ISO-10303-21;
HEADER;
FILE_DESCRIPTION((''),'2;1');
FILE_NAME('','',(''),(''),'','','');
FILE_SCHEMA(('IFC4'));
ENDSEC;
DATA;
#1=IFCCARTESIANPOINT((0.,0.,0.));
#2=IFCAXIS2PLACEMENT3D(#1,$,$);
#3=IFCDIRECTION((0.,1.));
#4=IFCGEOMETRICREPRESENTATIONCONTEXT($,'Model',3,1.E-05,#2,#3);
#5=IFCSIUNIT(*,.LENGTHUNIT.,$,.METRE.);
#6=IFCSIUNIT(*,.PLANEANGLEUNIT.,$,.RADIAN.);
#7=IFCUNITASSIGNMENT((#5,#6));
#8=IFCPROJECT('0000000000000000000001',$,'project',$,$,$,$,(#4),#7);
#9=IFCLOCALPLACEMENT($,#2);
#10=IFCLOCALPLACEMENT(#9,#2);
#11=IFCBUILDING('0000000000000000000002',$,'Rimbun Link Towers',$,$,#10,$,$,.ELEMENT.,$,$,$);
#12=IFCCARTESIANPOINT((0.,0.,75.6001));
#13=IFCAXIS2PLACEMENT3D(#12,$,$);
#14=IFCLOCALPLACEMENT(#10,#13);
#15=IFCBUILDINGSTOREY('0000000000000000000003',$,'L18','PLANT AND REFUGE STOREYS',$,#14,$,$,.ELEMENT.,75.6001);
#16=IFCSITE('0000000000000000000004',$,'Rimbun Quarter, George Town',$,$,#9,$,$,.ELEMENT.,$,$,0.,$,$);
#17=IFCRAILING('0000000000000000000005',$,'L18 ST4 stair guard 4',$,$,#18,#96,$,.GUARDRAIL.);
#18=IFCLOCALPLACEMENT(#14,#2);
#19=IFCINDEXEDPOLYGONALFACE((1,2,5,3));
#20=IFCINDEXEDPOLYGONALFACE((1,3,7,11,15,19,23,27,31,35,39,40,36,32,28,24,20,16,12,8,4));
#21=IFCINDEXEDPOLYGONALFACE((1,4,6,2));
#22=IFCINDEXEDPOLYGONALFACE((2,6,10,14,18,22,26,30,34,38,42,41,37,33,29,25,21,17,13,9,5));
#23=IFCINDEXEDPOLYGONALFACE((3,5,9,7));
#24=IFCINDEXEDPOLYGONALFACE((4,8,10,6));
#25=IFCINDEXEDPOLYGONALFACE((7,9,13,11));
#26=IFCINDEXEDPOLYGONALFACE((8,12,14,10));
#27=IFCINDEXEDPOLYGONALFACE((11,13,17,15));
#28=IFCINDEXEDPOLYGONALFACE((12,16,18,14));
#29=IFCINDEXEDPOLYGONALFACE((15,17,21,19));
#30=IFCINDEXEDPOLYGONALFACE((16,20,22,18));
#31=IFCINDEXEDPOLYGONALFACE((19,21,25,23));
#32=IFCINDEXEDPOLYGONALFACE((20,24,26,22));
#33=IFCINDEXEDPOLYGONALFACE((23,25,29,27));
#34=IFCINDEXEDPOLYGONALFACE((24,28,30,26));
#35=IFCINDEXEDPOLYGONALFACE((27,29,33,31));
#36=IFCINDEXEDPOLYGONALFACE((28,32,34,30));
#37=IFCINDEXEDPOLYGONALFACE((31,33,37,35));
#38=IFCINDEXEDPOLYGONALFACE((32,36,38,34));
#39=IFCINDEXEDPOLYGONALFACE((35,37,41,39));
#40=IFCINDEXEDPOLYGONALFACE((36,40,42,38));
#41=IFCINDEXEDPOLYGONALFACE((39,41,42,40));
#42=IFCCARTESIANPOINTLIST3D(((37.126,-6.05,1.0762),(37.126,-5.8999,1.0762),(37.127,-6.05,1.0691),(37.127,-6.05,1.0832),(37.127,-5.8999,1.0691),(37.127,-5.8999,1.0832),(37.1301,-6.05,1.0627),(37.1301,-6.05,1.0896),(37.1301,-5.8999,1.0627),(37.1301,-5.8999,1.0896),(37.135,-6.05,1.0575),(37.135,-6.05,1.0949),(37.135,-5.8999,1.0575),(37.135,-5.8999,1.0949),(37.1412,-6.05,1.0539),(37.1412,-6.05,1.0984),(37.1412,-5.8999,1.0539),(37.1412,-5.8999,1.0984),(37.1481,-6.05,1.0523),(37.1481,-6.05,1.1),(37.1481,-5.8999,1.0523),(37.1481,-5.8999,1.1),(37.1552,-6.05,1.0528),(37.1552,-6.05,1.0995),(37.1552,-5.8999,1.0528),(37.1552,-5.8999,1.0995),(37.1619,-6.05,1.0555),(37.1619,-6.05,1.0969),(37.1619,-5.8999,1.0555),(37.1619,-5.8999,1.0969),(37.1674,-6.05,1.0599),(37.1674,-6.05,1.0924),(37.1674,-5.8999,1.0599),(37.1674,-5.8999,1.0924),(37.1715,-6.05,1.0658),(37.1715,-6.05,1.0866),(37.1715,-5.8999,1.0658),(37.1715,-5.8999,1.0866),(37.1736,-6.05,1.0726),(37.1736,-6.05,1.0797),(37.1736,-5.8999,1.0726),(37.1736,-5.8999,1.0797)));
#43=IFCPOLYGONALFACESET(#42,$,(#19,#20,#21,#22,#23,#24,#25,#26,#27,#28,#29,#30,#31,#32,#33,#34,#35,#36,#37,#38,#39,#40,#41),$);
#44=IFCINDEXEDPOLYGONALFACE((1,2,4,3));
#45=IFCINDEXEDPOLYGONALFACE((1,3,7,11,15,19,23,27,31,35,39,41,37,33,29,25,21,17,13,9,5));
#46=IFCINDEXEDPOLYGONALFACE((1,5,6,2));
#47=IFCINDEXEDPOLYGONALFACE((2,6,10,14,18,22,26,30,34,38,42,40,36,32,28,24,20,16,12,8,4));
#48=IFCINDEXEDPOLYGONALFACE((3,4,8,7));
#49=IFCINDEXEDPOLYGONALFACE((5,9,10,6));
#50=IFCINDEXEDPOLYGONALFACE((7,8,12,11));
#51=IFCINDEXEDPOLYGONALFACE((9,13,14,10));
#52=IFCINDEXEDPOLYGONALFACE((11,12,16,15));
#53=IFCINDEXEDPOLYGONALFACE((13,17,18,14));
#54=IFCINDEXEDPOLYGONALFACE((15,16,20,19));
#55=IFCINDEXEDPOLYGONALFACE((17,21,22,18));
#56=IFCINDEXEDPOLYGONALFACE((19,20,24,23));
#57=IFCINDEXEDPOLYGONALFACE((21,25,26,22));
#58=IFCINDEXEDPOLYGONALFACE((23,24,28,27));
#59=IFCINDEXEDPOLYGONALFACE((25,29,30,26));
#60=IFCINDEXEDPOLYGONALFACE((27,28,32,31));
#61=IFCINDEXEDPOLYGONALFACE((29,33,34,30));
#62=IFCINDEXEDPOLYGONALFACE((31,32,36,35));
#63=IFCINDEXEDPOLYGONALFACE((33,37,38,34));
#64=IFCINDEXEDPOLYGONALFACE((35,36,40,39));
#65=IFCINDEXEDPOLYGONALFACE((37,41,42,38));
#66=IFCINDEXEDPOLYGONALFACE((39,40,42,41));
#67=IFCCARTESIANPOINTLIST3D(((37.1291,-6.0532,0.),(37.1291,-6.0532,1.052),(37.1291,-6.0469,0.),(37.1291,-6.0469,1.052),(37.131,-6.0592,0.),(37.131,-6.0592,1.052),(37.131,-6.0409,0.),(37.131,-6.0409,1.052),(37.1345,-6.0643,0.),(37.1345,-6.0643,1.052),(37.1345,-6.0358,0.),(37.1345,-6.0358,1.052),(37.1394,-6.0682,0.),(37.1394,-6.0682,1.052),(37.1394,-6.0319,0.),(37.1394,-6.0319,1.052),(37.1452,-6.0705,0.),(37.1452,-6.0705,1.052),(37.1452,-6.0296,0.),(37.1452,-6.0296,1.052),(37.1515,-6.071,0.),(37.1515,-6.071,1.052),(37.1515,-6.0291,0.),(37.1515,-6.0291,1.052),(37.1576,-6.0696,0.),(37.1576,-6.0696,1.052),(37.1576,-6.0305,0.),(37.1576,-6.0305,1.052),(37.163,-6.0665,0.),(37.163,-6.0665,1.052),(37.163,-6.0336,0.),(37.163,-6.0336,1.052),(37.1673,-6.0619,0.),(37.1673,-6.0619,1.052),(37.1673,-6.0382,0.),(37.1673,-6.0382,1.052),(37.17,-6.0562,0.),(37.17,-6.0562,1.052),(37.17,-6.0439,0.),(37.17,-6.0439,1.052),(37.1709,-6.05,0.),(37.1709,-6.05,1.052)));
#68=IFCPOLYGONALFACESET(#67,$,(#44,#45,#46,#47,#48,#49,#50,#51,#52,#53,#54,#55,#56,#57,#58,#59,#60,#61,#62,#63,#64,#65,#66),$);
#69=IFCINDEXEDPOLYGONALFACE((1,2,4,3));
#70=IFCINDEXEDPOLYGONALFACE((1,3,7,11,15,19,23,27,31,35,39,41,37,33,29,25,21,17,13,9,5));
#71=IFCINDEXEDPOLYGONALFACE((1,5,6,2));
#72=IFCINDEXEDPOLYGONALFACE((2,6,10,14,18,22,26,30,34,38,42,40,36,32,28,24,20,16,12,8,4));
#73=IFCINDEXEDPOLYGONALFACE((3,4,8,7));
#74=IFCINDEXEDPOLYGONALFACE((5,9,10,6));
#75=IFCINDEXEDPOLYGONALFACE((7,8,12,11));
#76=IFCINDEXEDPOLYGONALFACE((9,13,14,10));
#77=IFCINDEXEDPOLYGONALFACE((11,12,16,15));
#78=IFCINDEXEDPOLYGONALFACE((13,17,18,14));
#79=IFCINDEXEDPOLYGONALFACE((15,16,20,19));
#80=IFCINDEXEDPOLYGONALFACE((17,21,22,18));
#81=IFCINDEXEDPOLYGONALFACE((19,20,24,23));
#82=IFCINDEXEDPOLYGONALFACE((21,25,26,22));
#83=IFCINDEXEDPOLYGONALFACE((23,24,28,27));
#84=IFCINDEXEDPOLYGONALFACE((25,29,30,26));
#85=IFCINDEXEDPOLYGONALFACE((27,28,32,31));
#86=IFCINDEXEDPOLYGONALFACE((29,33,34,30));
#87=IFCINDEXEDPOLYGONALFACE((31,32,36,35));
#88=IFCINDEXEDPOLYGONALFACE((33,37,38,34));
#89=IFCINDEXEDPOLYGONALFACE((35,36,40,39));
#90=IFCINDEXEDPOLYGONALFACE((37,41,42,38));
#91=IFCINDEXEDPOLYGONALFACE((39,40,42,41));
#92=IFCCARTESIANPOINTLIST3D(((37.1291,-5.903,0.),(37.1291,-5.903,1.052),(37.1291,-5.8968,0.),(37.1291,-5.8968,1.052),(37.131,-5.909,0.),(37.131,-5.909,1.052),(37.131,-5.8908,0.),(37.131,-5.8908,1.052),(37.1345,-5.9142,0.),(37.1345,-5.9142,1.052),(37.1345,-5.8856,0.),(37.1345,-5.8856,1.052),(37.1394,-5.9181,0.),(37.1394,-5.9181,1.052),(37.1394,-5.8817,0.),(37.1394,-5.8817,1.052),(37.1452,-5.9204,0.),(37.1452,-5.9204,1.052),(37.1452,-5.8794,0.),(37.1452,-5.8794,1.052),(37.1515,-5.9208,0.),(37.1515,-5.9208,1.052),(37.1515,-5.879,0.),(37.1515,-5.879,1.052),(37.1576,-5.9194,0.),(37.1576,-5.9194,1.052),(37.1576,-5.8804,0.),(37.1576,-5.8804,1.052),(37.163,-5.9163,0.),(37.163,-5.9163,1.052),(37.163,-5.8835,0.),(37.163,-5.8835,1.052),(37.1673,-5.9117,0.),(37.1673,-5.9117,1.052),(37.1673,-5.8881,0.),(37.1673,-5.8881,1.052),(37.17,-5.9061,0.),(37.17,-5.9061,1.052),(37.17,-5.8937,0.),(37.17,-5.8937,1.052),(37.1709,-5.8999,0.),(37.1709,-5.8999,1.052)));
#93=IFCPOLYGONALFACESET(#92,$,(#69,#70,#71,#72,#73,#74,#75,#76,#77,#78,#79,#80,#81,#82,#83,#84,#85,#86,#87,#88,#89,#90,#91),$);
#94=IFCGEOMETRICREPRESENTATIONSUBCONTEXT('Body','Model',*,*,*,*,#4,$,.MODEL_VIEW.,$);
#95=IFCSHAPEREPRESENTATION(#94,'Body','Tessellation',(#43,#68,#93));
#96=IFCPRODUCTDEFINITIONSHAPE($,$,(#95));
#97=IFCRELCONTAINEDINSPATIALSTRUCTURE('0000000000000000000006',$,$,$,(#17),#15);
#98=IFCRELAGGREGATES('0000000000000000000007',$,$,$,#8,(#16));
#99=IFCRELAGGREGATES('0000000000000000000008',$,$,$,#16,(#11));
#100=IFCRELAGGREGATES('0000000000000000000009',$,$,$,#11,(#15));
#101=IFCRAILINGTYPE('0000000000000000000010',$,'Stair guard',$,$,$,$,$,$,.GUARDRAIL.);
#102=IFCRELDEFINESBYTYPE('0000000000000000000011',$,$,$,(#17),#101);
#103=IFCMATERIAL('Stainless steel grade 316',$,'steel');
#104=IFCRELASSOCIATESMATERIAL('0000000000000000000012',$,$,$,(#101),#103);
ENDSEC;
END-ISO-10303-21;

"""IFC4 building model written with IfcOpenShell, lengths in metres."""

from ifc_helpers import new_model, si_unit, direction, frame, origin, origin_2d, place, context, subcontext, project, spatial, circle, extrude, material, type_object, element, save


model = new_model("IFC4")

# Units and contexts
model_context = context("Model", 3, precision=1e-05, world=origin(), true_north=direction((0.0, 1.0)))
body_context = subcontext(model_context, "Body", "Model", "MODEL_VIEW")
ifc_project = project(units=[si_unit("LENGTHUNIT", "METRE"), si_unit("PLANEANGLEUNIT", "RADIAN")], contexts=[model_context])

# Site, building, storey
site_placement = place(None, origin())
site = spatial("IfcSite", under=ifc_project, at=site_placement, Name="Rimbun Quarter, George Town", CompositionType="ELEMENT", RefElevation=0.0)
building_placement = place(site_placement, origin())
building = spatial("IfcBuilding", under=site, at=building_placement, Name="Rimbun Link Towers", CompositionType="ELEMENT")
storey_placement = place(building_placement, frame((0.0, 0.0, 75.6001)))
storey = spatial("IfcBuildingStorey", under=building, at=storey_placement, Name="L18", Description="PLANT AND REFUGE STOREYS", CompositionType="ELEMENT", Elevation=75.6001)

# Railing
ifc_material_1 = material(Name="Stainless steel grade 316", Category="steel")
railing_type_1 = type_object("IfcRailingType", Name="Stair guard", PredefinedType="GUARDRAIL", material=ifc_material_1)
railing_1_placement = place(storey_placement, frame((37.1499, -6.05, 0.0)))
element("IfcRailing", 1, at=railing_1_placement, inside=storey, type_object=railing_type_1, Name="L18 ST4 stair guard 4", PredefinedType="GUARDRAIL", context=body_context, shape_type="SweptSolid", body=[
    extrude(circle(Radius=0.0239, at=origin_2d()), frame((0.0, 0.0, 1.0762), z_axis=(0.0, 1.0, 0.0), x_axis=(-1.0, 0.0, 0.0)), (0.0, 0.0, 1.0), 0.1501),
    extrude(circle(Radius=0.021, at=origin_2d()), origin(), (0.0, 0.0, 1.0), 1.052),
    extrude(circle(Radius=0.021, at=origin_2d()), frame((0.0, 0.1501, 0.0)), (0.0, 0.0, 1.0), 1.052),
])

save(model, "model.ifc")
